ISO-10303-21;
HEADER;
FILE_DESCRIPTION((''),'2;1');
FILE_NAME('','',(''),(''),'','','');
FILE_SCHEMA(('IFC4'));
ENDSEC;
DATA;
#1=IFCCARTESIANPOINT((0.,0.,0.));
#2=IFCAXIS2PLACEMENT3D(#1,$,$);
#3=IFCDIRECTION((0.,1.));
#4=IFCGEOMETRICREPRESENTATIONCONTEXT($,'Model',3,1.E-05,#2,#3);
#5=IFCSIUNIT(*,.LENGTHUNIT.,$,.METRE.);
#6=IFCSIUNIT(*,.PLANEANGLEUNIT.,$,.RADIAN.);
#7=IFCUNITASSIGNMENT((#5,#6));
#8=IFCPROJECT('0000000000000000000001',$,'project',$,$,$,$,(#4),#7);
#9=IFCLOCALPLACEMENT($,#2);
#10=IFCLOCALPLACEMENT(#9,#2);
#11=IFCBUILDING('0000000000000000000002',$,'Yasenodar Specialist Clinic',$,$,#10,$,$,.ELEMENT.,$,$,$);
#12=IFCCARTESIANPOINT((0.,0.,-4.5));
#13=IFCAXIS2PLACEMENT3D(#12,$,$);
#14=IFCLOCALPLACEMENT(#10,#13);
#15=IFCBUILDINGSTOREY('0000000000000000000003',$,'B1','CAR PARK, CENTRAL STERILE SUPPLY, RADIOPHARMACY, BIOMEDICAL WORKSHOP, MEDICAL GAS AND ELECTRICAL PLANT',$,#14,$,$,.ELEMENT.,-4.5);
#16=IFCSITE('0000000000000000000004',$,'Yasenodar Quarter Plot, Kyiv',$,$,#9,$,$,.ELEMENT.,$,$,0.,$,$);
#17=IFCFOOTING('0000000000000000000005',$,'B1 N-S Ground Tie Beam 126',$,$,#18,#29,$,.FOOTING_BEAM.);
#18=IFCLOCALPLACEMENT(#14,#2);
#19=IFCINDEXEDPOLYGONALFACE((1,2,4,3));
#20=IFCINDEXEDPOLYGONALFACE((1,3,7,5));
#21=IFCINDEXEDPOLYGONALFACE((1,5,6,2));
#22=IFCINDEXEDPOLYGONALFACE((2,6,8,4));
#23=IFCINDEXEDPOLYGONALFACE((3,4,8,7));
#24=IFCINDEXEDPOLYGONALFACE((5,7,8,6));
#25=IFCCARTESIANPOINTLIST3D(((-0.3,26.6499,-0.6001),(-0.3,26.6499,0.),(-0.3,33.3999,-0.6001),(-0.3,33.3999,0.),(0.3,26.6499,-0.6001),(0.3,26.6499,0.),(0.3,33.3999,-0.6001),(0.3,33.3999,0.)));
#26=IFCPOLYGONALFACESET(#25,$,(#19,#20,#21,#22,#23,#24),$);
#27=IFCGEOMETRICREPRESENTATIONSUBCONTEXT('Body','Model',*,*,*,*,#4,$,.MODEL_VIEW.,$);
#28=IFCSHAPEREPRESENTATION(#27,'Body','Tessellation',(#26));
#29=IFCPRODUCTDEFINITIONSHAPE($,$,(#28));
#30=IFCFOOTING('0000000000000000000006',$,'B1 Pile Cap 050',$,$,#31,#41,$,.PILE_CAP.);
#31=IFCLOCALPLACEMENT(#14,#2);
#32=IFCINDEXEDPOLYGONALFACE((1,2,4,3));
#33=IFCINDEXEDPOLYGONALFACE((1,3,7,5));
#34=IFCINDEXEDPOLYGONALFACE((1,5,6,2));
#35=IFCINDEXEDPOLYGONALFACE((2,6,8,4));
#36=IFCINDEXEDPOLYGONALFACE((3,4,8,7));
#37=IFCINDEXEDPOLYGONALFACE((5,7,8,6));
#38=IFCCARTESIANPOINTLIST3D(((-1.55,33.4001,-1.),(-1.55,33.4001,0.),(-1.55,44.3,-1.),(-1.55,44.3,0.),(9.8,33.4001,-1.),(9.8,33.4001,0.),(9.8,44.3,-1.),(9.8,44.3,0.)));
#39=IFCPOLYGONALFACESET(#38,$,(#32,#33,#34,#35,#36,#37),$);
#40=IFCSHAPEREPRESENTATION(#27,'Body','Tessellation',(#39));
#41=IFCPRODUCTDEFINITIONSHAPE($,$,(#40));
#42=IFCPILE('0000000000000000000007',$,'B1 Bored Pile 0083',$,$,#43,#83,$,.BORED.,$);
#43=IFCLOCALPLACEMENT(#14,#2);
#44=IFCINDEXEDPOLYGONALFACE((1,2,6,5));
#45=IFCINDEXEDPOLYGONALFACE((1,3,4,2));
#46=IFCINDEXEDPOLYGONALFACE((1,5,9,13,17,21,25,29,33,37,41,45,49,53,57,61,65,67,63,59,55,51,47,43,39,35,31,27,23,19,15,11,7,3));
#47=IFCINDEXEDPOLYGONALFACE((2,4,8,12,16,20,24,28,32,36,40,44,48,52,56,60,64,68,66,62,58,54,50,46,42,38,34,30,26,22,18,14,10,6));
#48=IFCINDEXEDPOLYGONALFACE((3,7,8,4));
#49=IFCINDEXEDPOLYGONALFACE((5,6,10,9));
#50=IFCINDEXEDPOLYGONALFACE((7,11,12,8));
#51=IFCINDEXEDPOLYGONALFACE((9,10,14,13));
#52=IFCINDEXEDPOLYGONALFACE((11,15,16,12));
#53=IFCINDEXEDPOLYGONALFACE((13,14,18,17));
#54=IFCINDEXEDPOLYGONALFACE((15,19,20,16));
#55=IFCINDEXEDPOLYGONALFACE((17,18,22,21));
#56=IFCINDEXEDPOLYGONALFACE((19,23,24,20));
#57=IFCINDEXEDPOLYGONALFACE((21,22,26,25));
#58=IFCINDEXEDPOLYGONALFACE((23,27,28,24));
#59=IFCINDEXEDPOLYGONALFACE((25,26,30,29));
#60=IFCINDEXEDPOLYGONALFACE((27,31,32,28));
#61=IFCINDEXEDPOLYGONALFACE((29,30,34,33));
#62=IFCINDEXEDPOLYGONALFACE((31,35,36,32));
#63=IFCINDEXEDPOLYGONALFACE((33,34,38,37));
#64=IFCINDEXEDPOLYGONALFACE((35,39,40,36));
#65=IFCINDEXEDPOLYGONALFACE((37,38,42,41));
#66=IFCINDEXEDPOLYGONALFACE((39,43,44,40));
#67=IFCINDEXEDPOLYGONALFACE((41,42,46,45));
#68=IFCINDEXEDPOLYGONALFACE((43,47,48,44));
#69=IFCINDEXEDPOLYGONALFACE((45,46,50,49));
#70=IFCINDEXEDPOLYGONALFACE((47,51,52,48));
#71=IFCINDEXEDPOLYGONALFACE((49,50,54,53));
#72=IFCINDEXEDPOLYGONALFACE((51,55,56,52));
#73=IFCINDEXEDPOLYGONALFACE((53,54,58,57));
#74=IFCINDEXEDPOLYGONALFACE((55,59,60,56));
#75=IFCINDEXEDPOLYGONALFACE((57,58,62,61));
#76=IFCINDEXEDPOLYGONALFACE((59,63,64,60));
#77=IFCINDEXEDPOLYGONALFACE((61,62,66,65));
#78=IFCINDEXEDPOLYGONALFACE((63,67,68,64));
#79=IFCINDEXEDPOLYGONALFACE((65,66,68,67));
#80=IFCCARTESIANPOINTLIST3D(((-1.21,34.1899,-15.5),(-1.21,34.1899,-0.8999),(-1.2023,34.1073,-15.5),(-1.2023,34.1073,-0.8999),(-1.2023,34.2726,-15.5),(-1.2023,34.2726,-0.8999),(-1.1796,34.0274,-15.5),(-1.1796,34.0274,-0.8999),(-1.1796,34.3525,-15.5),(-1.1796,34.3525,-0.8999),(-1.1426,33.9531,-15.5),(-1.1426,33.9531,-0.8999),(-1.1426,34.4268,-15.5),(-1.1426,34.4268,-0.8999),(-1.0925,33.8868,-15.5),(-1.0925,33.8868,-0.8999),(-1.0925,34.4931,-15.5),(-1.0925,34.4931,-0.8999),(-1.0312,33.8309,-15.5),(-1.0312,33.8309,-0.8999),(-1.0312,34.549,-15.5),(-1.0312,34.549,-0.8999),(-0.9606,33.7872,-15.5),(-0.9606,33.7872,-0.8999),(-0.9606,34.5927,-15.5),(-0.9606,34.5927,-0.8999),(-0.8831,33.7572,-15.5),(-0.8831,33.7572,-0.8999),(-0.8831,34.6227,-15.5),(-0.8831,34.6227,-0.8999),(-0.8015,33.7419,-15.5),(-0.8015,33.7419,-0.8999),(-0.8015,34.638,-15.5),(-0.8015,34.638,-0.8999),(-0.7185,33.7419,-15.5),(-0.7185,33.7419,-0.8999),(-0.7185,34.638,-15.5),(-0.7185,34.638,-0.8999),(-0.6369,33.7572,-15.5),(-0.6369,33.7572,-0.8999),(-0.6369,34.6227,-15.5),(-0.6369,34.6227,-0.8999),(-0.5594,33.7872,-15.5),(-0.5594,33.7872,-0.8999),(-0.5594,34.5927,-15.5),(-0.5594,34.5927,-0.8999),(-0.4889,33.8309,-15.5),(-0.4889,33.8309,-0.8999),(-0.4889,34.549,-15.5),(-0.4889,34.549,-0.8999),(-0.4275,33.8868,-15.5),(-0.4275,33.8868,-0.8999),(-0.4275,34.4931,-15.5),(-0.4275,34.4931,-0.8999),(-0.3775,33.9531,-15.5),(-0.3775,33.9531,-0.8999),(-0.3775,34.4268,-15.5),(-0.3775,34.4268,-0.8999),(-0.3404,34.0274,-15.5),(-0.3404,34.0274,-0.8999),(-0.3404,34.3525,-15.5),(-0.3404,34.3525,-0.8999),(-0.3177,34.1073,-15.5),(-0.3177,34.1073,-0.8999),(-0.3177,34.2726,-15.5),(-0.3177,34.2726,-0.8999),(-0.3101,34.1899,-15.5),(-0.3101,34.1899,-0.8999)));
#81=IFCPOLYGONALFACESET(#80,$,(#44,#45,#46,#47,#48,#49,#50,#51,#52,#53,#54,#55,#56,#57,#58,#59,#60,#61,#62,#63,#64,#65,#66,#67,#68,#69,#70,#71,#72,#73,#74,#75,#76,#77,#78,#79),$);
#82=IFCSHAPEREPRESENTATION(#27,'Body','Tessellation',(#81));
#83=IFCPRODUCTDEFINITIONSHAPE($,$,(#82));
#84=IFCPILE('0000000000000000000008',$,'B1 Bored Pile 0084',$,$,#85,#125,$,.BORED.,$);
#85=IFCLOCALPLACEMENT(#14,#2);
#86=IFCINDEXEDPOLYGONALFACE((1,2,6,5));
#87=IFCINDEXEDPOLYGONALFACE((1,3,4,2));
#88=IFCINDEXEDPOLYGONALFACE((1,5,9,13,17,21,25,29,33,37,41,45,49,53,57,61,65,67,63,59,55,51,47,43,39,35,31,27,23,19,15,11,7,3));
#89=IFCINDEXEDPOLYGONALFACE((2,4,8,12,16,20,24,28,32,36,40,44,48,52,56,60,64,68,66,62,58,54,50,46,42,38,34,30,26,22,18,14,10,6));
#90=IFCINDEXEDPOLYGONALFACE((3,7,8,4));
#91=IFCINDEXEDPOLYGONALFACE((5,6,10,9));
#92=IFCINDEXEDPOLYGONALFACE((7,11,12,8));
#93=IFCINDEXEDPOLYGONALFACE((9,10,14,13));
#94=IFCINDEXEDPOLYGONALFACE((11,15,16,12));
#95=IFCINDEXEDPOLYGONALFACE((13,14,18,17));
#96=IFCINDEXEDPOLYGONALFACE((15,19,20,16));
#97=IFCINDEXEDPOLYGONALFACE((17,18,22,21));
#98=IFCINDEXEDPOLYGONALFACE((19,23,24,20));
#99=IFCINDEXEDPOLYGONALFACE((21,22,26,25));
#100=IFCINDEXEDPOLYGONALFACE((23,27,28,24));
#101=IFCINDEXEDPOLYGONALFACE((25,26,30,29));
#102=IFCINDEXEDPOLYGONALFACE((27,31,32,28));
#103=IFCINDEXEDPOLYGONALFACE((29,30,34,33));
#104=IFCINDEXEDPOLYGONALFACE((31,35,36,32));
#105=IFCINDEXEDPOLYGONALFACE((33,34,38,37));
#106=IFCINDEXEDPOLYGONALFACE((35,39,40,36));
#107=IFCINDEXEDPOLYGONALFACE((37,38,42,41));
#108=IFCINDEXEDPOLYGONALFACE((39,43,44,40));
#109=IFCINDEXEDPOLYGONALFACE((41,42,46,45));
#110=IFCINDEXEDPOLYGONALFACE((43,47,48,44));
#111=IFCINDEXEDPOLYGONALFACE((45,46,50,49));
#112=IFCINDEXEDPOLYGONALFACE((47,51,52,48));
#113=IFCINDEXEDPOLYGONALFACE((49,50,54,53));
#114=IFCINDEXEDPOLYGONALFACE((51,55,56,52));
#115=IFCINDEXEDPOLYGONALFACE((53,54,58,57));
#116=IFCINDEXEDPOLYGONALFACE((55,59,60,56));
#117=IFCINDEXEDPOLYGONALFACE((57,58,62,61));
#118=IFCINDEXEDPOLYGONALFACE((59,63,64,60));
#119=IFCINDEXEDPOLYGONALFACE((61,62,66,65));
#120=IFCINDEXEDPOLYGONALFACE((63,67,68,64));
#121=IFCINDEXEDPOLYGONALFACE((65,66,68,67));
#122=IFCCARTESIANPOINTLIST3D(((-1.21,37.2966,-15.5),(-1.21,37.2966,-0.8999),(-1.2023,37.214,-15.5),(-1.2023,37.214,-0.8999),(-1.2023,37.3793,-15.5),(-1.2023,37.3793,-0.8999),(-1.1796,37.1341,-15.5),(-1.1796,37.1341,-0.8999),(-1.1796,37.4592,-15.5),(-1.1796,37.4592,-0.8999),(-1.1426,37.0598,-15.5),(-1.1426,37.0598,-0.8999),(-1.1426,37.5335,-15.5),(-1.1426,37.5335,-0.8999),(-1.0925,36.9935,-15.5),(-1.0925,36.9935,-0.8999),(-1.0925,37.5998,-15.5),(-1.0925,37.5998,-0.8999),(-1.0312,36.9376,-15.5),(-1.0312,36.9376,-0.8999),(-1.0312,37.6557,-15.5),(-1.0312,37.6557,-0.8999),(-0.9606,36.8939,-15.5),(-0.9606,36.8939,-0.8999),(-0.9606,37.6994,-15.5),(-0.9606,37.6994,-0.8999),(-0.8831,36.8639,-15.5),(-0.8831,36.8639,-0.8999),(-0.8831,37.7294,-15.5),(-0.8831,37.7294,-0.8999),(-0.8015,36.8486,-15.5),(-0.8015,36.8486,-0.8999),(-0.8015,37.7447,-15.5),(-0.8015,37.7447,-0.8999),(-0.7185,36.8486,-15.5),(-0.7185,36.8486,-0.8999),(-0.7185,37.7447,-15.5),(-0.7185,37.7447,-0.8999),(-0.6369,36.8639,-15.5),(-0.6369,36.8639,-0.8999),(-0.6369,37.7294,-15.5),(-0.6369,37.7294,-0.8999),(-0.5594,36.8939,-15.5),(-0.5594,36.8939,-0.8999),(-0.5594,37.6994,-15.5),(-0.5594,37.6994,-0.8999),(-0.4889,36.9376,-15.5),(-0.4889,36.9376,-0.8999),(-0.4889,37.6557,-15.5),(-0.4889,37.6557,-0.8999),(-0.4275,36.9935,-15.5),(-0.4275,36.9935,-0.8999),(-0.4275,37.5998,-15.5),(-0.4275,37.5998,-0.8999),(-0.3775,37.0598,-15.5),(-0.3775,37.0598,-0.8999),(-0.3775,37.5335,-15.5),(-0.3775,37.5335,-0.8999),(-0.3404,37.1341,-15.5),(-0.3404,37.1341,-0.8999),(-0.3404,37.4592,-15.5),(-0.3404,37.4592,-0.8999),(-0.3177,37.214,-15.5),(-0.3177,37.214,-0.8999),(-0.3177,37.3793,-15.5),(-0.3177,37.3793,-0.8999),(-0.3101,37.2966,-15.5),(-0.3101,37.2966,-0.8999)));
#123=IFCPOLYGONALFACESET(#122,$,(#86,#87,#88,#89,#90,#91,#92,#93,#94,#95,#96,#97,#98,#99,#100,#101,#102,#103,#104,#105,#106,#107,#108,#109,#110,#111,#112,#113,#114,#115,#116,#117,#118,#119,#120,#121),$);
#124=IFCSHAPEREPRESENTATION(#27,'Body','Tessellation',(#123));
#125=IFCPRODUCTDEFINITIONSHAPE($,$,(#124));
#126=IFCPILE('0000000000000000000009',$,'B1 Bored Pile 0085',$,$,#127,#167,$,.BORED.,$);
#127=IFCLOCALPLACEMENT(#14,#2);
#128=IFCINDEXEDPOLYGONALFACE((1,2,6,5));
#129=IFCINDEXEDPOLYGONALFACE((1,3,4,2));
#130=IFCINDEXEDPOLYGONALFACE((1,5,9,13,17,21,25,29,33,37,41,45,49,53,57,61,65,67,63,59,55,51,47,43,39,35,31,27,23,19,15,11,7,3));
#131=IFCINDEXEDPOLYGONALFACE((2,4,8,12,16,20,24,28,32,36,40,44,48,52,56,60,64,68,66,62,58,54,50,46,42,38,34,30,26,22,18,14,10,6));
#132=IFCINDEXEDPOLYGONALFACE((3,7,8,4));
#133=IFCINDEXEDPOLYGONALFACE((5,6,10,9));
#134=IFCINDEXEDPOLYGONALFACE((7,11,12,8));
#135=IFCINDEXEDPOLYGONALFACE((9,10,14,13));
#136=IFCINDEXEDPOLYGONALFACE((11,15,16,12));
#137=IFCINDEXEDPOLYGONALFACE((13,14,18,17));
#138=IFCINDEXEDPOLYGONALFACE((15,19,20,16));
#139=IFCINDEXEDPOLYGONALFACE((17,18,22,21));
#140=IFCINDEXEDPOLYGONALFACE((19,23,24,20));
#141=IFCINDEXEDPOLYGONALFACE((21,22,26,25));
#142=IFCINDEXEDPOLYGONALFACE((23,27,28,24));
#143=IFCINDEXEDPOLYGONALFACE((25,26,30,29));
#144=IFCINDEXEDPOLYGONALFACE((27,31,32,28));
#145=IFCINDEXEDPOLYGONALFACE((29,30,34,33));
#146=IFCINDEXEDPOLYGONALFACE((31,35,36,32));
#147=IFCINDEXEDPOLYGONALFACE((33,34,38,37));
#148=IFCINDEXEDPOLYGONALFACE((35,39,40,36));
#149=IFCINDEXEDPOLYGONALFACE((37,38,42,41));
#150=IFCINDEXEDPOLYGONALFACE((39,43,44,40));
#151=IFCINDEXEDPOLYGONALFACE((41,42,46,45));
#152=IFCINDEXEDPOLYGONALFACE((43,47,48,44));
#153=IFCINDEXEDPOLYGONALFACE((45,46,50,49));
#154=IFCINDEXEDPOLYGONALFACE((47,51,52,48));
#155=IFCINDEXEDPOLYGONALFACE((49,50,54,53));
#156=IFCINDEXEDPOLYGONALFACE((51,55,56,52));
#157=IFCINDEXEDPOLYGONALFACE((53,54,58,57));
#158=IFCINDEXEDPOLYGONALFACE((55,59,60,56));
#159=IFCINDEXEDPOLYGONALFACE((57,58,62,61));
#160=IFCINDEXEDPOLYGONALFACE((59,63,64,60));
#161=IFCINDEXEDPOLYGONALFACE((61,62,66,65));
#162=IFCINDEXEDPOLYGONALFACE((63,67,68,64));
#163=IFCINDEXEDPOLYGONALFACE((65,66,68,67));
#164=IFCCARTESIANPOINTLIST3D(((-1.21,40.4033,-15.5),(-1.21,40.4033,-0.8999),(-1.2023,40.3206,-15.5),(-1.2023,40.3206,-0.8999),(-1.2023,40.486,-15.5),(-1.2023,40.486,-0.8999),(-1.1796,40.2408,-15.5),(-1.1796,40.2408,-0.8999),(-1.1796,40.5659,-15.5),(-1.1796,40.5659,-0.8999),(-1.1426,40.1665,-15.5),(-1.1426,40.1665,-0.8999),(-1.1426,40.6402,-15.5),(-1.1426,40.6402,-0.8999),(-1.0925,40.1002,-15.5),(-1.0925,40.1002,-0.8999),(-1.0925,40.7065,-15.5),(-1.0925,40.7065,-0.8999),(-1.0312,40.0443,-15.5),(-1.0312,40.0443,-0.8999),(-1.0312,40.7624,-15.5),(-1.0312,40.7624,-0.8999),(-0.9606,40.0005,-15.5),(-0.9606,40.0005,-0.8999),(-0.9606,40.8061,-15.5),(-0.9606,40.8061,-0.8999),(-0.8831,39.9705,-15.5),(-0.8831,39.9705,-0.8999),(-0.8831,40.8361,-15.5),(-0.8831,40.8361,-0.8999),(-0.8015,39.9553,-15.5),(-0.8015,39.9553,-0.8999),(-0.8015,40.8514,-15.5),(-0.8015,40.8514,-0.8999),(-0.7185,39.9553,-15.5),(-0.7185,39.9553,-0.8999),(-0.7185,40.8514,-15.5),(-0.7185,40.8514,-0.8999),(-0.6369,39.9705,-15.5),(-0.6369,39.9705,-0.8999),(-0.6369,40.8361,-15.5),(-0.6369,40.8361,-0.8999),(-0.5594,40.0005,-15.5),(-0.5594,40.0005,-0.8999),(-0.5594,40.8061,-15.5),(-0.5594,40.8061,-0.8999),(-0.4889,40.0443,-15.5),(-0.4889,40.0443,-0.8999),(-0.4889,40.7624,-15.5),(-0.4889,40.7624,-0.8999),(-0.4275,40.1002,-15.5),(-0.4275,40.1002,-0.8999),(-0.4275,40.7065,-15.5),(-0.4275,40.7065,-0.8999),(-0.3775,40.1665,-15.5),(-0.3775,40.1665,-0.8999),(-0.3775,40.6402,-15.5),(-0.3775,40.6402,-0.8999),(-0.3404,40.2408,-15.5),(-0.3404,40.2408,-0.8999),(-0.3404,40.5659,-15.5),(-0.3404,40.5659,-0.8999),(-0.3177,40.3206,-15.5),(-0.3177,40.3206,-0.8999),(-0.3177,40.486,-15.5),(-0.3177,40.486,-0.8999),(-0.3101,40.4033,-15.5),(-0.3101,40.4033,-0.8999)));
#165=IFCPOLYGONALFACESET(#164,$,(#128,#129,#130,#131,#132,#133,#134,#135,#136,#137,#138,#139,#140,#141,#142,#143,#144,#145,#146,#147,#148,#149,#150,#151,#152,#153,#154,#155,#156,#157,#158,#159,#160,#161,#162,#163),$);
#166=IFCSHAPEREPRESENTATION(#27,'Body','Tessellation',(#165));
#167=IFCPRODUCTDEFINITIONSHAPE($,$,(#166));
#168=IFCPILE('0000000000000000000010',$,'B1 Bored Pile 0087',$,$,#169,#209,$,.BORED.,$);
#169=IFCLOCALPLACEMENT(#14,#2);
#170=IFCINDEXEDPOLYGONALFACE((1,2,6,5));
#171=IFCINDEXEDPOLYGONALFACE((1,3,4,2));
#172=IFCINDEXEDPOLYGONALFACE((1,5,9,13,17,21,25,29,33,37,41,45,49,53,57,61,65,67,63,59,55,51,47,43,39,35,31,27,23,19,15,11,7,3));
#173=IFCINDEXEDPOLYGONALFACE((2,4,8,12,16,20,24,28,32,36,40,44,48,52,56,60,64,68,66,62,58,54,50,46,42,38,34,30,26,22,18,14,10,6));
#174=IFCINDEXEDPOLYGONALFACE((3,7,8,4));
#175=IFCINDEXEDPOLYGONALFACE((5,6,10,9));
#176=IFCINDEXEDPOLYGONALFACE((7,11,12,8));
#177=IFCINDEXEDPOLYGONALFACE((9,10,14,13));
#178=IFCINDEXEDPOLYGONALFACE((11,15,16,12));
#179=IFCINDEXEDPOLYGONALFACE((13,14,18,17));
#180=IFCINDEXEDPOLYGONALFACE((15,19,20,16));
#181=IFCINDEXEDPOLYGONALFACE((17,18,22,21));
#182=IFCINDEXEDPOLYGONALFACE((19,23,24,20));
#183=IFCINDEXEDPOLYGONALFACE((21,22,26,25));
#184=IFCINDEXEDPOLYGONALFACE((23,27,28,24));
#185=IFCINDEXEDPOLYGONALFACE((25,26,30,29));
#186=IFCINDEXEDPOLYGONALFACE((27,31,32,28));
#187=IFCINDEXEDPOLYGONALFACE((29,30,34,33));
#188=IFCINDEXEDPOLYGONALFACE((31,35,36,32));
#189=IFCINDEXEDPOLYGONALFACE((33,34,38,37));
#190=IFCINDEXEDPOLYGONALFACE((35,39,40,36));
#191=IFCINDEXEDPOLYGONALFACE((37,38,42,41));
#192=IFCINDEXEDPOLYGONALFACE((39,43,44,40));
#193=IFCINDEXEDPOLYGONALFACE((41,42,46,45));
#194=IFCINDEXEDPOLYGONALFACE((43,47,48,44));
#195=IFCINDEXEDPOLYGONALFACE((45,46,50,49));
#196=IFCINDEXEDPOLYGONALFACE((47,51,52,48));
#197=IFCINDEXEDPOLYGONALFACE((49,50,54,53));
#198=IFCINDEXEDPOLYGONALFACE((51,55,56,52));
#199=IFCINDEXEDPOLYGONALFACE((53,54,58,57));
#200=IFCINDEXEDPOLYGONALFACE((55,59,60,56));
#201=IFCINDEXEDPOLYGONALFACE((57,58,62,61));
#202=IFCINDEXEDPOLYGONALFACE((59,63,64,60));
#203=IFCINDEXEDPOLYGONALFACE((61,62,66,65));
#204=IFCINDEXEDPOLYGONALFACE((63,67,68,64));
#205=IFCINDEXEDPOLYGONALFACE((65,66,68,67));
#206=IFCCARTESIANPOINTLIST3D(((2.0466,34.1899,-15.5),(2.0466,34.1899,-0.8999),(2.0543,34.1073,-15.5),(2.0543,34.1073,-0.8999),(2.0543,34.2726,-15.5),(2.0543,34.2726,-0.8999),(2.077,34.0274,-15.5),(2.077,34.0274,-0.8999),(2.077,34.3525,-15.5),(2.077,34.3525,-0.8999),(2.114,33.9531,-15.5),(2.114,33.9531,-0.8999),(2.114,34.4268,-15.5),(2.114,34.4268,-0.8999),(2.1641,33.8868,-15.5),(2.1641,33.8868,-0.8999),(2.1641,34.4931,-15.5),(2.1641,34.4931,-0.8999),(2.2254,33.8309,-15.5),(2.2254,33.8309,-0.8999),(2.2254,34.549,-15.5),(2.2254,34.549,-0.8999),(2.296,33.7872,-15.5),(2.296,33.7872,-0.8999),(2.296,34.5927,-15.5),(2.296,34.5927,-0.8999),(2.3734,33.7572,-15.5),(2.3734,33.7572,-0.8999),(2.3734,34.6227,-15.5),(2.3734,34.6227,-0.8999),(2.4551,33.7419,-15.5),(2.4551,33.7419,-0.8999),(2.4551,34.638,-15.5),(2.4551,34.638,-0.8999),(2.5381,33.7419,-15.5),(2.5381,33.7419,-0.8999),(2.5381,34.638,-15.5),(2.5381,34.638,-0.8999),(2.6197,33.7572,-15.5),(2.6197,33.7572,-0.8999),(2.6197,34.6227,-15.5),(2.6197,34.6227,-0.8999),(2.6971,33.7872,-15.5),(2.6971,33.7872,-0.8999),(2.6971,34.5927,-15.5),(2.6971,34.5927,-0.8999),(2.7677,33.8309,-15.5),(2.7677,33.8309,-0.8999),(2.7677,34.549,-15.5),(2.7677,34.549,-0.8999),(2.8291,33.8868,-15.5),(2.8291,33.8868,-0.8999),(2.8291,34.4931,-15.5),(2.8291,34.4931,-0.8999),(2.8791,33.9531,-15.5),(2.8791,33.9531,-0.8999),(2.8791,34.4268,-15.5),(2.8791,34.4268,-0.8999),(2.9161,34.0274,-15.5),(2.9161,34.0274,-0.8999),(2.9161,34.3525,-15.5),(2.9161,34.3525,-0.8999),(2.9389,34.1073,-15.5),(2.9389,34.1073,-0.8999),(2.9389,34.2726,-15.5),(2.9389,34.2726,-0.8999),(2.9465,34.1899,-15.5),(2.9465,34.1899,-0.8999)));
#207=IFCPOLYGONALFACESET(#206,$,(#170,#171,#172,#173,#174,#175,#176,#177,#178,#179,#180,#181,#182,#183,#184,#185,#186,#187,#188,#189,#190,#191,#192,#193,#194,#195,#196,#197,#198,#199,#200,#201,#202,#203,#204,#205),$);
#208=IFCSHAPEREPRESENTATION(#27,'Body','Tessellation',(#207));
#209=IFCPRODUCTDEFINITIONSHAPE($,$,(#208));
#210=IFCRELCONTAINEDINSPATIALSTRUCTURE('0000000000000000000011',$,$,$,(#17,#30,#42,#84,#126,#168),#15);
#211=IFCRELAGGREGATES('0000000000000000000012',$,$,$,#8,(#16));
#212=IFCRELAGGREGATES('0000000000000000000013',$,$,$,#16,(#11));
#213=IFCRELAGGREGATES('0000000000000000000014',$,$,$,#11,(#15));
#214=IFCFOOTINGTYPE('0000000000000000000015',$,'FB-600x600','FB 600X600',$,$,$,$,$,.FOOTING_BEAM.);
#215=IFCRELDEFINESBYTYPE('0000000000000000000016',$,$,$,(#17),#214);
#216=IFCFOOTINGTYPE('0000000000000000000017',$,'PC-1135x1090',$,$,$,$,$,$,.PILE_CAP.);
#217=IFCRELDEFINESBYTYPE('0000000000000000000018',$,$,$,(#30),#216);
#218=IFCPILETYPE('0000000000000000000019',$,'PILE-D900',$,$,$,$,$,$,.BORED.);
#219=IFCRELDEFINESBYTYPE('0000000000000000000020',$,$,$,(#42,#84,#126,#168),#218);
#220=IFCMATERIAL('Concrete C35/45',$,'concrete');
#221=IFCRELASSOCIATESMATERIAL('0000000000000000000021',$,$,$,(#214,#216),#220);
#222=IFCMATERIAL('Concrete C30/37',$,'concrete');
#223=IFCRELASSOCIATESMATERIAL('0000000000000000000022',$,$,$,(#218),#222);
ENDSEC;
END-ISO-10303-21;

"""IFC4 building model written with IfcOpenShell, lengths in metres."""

from ifc_helpers import new_model, si_unit, direction, frame, origin, origin_2d, place, context, subcontext, project, spatial, rectangle, circle, extrude, material, material_profile, profile_set, type_object, element, save


model = new_model("IFC4")

# Units and contexts
model_context = context("Model", 3, precision=1e-05, world=origin(), true_north=direction((0.0, 1.0)))
body_context = subcontext(model_context, "Body", "Model", "MODEL_VIEW")
ifc_project = project(units=[si_unit("LENGTHUNIT", "METRE"), si_unit("PLANEANGLEUNIT", "RADIAN")], contexts=[model_context])

# Site, building, storey
site_placement = place(None, origin())
site = spatial("IfcSite", under=ifc_project, at=site_placement, Name="Yasenodar Quarter Plot, Kyiv", CompositionType="ELEMENT", RefElevation=0.0)
building_placement = place(site_placement, origin())
building = spatial("IfcBuilding", under=site, at=building_placement, Name="Yasenodar Specialist Clinic", CompositionType="ELEMENT")
storey_placement = place(building_placement, frame((0.0, 0.0, -4.5)))
storey = spatial("IfcBuildingStorey", under=building, at=storey_placement, Name="B1", Description="CAR PARK, CENTRAL STERILE SUPPLY, RADIOPHARMACY, BIOMEDICAL WORKSHOP, MEDICAL GAS AND ELECTRICAL PLANT", CompositionType="ELEMENT", Elevation=-4.5)

# Footings
ifc_material_1 = material(Name="Concrete C35/45", Category="concrete")
ifc_material_profile_1 = material_profile(ifc_material_1, rectangle(XDim=0.6001, YDim=0.6001, at=origin_2d()), Name="RC 600x600")
ifc_profile_set_1 = profile_set([ifc_material_profile_1], Name="Concrete C35/45")
footing_type_1 = type_object("IfcFootingType", Name="FB-600x600", Description="FB 600X600", PredefinedType="FOOTING_BEAM", material=ifc_profile_set_1)
footing_1_placement = place(storey_placement, frame((0.0, 26.6499, -0.3), z_axis=(0.0, 1.0, 0.0), x_axis=(-1.0, 0.0, 0.0)))
element("IfcFooting", 1, at=footing_1_placement, inside=storey, type_object=footing_type_1, Name="B1 N-S Ground Tie Beam 126", PredefinedType="FOOTING_BEAM", context=body_context, shape_type="SweptSolid", body=[
    extrude(rectangle(XDim=0.6001, YDim=0.6001, at=origin_2d()), origin(), (0.0, 0.0, 1.0), 6.75),
])
footing_type_2 = type_object("IfcFootingType", Name="PC-1135x1090", PredefinedType="PILE_CAP", material=ifc_material_1)
footing_2_placement = place(storey_placement, frame((4.125, 38.8501, -1.0), z_axis=(0.0, 0.0, 1.0), x_axis=(1.0, 0.0, 0.0)))
element("IfcFooting", 2, at=footing_2_placement, inside=storey, type_object=footing_type_2, Name="B1 Pile Cap 050", PredefinedType="PILE_CAP", context=body_context, shape_type="SweptSolid", body=[
    extrude(rectangle(XDim=11.3501, YDim=10.8999, at=origin_2d()), origin(), (0.0, 0.0, 1.0), 1.0),
])

# Piles
ifc_material_2 = material(Name="Concrete C30/37", Category="concrete")
ifc_material_profile_2 = material_profile(ifc_material_2, circle(Radius=0.45, at=origin_2d()), Name="PILE D900")
ifc_profile_set_2 = profile_set([ifc_material_profile_2], Name="Concrete C30/37")
pile_type = type_object("IfcPileType", Name="PILE-D900", PredefinedType="BORED", material=ifc_profile_set_2)
for number, where, z_axis, x_axis, name in (
    (3, (-0.76, 34.1899, -0.8999), (0.0, 0.0, -1.0), (1.0, 0.0, 0.0), "B1 Bored Pile 0083"),
    (4, (-0.76, 37.2966, -0.8999), (0.0, 0.0, -1.0), (1.0, 0.0, 0.0), "B1 Bored Pile 0084"),
    (5, (-0.76, 40.4033, -0.8999), (0.0, 0.0, -1.0), (1.0, 0.0, 0.0), "B1 Bored Pile 0085"),
    (6, (2.4966, 34.1899, -0.8999), (0.0, 0.0, -1.0), (1.0, 0.0, 0.0), "B1 Bored Pile 0087"),
):
    element("IfcPile", number, at=place(storey_placement, frame(where, z_axis=z_axis, x_axis=x_axis)), inside=storey, type_object=pile_type, Name=name, PredefinedType="BORED", context=body_context, shape_type="SweptSolid", body=[
        extrude(circle(Radius=0.45, at=origin_2d()), origin(), (0.0, 0.0, 1.0), 14.6001),
    ])

save(model, "model.ifc")
